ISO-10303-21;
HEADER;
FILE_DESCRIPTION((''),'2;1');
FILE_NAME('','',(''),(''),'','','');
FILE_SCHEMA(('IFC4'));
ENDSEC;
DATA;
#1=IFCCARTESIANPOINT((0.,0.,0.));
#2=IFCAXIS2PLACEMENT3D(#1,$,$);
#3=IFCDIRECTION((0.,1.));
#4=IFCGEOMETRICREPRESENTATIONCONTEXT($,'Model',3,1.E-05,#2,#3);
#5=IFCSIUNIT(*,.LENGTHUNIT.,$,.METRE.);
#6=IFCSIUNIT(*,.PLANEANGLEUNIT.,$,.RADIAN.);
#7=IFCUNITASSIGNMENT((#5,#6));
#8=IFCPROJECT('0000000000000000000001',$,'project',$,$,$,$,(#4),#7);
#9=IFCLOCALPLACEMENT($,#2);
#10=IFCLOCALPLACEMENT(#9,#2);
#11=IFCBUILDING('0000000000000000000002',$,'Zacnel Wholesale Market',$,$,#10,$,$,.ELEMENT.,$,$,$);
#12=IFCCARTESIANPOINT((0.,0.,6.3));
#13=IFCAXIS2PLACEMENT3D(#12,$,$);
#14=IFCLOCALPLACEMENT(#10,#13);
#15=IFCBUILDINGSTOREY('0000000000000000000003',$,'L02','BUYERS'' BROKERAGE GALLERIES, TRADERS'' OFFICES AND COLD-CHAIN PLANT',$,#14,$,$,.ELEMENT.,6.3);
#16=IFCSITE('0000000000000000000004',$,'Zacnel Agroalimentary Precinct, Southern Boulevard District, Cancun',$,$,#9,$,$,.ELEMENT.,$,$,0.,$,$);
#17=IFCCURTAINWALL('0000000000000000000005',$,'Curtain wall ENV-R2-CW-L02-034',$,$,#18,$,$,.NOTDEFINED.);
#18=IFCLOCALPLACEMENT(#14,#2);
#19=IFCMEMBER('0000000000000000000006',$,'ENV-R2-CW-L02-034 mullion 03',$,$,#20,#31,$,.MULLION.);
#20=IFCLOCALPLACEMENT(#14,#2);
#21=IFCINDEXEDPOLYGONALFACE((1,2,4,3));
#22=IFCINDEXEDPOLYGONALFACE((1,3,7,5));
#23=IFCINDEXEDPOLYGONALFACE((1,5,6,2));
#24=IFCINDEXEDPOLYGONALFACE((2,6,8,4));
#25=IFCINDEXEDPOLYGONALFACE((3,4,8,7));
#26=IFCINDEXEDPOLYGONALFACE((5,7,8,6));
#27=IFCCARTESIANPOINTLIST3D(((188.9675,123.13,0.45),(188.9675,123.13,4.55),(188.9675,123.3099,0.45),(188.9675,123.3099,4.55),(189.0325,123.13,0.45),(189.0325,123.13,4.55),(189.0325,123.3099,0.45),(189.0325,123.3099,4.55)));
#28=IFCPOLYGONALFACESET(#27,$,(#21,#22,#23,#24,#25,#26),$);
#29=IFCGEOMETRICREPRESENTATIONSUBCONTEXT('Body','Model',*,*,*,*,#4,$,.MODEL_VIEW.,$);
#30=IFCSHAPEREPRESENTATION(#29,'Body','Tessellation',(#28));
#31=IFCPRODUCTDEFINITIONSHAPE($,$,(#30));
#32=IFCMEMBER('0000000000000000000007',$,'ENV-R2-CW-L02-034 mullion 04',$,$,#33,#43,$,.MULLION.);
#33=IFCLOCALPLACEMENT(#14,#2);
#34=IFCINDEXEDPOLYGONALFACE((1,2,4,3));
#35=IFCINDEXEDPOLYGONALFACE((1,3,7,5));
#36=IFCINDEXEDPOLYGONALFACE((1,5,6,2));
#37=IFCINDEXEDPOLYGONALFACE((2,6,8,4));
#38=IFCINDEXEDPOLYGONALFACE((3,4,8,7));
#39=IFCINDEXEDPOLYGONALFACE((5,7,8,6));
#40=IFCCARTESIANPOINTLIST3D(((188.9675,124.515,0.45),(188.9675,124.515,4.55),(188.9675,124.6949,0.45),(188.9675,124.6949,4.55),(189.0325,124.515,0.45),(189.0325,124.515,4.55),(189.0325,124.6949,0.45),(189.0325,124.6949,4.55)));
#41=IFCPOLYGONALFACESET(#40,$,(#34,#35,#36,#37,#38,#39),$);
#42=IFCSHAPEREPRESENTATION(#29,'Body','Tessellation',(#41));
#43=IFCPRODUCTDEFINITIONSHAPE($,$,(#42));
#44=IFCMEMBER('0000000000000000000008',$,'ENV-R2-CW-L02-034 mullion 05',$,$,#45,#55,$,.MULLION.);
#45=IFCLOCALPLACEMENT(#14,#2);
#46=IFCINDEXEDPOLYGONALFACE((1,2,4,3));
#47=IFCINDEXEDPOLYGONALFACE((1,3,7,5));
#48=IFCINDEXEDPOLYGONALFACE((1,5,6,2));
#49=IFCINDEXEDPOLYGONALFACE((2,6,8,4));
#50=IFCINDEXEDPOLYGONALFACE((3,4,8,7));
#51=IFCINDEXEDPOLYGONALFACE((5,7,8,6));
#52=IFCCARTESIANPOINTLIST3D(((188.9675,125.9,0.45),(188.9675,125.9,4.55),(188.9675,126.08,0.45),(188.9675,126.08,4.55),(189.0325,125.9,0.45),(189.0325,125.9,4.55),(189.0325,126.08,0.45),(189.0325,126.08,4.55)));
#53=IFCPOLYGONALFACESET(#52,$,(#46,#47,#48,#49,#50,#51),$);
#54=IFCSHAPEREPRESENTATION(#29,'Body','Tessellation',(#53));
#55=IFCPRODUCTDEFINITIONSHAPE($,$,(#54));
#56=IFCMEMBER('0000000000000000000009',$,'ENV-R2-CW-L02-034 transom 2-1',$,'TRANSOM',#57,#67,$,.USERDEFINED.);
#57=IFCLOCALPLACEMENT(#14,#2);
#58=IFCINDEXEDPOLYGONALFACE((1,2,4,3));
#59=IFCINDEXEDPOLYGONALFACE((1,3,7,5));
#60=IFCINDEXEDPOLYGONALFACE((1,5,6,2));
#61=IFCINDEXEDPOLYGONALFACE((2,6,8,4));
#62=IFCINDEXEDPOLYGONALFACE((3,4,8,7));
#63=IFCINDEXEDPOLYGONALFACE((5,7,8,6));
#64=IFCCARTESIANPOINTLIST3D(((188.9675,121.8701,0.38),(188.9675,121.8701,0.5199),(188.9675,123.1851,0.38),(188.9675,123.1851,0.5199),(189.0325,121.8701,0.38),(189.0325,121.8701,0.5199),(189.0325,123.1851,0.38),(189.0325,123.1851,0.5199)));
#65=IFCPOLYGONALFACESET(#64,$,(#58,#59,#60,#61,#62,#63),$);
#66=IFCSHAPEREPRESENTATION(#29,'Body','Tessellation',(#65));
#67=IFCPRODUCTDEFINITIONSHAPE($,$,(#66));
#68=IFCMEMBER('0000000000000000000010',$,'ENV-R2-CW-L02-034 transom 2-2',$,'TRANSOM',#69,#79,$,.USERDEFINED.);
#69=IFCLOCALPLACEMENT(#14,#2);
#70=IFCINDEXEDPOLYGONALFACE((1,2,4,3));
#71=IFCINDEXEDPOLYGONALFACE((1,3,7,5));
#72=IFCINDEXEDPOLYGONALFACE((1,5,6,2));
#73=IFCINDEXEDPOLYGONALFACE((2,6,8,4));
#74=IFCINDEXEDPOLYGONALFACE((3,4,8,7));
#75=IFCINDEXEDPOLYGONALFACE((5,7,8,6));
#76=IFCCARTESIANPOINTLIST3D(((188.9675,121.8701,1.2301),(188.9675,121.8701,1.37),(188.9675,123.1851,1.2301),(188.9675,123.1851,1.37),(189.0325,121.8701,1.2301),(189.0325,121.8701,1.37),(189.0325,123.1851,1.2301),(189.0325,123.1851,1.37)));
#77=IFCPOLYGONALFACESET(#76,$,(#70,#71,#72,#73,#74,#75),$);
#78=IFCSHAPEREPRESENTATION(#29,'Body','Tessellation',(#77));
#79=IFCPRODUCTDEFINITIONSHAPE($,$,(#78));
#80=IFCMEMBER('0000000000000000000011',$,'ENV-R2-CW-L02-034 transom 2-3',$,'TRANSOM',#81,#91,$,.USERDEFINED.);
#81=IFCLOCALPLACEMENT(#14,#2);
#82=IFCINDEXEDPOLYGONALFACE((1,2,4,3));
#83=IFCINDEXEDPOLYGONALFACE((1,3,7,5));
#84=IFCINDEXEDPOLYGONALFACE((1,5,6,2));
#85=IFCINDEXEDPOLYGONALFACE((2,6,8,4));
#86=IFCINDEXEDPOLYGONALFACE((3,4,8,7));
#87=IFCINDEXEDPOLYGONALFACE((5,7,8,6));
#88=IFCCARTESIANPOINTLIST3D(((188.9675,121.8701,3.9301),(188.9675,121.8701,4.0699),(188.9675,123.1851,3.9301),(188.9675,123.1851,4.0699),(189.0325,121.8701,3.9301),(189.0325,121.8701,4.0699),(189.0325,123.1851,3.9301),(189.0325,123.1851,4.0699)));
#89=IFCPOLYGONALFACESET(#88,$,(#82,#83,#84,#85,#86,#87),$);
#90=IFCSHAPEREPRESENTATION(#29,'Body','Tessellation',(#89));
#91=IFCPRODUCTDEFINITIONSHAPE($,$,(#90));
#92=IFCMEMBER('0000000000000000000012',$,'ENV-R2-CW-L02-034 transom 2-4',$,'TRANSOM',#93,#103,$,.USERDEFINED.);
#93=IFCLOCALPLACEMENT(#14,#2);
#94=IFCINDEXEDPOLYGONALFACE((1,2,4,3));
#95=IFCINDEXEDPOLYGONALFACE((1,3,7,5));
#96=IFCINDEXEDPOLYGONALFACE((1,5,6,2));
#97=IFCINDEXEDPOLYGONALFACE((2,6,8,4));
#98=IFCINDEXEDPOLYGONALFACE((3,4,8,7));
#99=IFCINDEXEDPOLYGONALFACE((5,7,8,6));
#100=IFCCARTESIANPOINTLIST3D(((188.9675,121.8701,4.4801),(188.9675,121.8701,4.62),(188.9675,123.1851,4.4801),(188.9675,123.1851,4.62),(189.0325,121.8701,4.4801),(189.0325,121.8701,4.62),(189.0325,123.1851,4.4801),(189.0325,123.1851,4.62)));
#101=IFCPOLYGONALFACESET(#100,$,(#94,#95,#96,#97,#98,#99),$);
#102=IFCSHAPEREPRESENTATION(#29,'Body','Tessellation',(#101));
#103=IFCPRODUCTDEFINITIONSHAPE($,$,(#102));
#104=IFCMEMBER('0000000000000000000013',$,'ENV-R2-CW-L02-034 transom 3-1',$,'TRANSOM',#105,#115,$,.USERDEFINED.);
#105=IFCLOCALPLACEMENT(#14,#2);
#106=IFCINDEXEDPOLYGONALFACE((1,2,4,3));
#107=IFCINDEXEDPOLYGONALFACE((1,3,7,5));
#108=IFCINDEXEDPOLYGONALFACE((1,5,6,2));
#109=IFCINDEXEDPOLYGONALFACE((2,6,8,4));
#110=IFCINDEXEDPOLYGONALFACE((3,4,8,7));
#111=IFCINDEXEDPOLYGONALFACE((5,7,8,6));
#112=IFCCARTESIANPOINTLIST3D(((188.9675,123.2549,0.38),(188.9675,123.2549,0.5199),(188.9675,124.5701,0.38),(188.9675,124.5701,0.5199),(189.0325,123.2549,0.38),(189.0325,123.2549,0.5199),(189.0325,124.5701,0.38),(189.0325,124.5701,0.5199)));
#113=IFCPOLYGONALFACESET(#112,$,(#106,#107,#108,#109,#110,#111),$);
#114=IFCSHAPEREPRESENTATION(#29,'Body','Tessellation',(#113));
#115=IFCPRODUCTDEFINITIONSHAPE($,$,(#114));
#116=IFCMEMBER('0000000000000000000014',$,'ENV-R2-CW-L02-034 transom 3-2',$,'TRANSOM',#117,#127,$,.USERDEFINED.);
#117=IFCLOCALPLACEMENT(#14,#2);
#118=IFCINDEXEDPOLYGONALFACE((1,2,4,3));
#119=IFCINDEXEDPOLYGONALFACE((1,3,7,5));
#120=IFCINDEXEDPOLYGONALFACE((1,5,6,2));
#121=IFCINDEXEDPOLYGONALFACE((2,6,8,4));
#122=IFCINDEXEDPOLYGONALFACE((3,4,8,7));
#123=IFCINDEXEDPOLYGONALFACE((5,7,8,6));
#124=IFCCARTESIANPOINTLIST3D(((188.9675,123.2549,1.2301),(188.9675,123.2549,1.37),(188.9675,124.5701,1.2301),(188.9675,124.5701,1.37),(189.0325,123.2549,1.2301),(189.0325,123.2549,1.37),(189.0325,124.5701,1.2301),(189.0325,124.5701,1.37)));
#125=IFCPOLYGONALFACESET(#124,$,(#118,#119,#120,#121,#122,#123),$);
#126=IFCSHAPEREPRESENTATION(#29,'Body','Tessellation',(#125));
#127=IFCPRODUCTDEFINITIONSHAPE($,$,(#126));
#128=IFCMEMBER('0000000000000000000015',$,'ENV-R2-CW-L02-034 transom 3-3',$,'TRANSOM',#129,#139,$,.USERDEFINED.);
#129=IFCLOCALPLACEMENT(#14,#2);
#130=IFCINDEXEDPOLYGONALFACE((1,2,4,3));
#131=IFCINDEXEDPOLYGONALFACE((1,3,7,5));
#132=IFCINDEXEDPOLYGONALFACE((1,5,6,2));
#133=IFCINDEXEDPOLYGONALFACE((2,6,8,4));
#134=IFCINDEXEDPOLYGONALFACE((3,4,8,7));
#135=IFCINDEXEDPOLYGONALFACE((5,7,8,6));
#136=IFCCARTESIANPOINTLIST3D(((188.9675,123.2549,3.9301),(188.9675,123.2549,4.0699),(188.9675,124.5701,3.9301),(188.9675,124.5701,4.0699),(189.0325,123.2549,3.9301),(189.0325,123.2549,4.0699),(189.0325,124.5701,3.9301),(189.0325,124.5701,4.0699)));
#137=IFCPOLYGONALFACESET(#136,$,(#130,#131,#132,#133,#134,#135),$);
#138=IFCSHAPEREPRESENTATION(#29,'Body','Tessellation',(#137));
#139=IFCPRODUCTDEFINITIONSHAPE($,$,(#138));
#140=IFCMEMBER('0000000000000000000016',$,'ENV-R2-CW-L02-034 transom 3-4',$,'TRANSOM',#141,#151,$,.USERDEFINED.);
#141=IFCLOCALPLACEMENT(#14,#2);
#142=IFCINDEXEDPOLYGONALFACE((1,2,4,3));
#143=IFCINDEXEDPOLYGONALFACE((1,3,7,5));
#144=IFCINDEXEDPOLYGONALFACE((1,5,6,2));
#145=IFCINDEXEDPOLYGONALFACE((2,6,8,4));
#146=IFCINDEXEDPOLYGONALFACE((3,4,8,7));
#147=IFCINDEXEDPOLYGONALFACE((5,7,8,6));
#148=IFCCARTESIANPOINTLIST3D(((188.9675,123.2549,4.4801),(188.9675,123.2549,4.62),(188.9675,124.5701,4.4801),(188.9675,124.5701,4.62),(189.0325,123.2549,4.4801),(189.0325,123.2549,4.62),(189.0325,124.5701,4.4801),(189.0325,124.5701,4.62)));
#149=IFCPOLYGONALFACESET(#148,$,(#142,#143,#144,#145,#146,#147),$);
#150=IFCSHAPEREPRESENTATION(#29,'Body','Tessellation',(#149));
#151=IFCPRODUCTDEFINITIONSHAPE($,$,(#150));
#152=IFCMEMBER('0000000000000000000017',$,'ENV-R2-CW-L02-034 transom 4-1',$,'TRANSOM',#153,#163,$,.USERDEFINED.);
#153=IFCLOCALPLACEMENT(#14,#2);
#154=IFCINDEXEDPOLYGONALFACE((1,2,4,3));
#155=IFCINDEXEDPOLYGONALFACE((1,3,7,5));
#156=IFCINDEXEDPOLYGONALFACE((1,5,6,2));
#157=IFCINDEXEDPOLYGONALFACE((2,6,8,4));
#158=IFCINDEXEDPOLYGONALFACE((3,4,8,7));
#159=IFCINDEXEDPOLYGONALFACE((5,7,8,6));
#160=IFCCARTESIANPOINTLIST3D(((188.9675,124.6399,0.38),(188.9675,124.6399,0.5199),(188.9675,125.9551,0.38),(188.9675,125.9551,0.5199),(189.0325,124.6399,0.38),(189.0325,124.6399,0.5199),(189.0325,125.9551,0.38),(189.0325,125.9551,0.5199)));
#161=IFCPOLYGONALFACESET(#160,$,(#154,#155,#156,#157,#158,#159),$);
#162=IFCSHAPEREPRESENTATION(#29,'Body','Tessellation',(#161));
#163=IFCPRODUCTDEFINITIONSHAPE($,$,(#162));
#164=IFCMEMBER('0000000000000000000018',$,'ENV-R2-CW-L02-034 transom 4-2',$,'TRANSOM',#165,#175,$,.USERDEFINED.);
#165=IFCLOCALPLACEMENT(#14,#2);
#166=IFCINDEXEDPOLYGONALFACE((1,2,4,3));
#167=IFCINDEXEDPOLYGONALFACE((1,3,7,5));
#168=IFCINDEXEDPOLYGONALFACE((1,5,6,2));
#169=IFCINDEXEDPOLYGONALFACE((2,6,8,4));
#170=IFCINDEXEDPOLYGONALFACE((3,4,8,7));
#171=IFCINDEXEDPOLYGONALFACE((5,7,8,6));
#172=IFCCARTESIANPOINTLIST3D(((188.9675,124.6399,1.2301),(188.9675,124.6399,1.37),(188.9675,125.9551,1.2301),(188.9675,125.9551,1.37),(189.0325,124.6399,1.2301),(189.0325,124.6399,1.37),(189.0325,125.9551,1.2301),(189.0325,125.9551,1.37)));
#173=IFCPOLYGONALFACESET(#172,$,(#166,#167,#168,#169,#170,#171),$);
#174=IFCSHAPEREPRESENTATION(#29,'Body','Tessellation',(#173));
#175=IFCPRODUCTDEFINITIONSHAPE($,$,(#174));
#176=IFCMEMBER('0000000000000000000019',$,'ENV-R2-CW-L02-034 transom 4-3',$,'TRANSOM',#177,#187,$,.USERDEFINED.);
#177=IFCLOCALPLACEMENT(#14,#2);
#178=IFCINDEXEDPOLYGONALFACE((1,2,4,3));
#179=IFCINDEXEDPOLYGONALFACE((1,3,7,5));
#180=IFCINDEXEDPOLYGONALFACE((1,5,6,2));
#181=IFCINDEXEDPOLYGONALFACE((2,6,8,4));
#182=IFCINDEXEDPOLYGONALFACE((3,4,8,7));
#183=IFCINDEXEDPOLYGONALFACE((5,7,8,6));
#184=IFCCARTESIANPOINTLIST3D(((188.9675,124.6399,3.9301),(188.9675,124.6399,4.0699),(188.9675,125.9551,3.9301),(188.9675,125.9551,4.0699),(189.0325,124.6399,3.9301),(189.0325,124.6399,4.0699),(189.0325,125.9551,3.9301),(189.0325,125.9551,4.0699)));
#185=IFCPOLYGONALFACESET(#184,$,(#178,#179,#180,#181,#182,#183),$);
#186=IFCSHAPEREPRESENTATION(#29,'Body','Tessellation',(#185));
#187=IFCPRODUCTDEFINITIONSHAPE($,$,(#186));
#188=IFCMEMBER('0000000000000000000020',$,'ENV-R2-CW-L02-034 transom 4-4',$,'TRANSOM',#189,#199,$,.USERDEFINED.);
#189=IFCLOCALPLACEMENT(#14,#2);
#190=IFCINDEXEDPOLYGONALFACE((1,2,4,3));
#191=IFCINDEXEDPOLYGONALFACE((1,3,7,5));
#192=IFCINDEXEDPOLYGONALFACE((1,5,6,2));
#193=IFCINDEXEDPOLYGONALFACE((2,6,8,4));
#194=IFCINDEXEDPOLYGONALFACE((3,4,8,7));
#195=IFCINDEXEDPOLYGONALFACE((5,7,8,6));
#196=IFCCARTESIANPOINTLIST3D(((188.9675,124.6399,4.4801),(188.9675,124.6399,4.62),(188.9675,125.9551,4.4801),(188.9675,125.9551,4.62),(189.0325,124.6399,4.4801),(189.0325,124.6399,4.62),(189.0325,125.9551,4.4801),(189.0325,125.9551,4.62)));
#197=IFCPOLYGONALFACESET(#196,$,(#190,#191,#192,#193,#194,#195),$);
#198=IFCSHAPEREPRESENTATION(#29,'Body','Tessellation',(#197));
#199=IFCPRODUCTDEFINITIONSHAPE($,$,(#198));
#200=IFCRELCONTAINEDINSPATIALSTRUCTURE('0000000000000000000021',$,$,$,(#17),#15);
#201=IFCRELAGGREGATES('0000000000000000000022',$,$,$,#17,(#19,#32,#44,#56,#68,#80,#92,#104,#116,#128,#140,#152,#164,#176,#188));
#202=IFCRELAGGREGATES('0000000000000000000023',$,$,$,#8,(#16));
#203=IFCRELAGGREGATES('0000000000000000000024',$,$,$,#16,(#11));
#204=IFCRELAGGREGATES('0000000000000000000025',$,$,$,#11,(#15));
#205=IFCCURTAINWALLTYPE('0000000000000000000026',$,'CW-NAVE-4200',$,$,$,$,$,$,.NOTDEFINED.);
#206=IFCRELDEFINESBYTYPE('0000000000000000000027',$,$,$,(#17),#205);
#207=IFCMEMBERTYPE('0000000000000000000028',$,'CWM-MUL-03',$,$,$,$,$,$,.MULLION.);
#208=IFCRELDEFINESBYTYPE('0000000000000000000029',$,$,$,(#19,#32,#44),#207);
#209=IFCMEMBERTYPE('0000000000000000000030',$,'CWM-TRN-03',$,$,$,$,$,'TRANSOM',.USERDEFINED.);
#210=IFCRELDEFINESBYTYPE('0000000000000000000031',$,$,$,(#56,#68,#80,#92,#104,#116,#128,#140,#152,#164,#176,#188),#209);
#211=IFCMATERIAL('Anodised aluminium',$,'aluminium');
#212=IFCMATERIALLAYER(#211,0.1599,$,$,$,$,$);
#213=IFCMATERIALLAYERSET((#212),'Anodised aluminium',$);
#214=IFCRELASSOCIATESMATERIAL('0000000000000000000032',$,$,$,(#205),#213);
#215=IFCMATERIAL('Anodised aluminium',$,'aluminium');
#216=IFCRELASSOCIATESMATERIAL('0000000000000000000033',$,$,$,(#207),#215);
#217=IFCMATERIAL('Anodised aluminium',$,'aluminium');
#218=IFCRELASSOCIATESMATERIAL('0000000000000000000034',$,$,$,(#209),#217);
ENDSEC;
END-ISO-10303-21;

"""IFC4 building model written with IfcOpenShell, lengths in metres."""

from ifc_helpers import new_model, si_unit, direction, frame, origin, origin_2d, place, context, subcontext, project, spatial, rectangle, extrude, material, layer, layer_set, material_profile, profile_set, type_object, element, aggregate, save


model = new_model("IFC4")

# Units and contexts
model_context = context("Model", 3, precision=1e-05, world=origin(), true_north=direction((0.0, 1.0)))
body_context = subcontext(model_context, "Body", "Model", "MODEL_VIEW")
ifc_project = project(units=[si_unit("LENGTHUNIT", "METRE"), si_unit("PLANEANGLEUNIT", "RADIAN")], contexts=[model_context])

# Site, building, storey
site_placement = place(None, origin())
site = spatial("IfcSite", under=ifc_project, at=site_placement, Name="Zacnel Agroalimentary Precinct, Southern Boulevard District, Cancun", CompositionType="ELEMENT", RefElevation=0.0)
building_placement = place(site_placement, origin())
building = spatial("IfcBuilding", under=site, at=building_placement, Name="Zacnel Wholesale Market", CompositionType="ELEMENT")
storey_placement = place(building_placement, frame((0.0, 0.0, 6.3)))
storey = spatial("IfcBuildingStorey", under=building, at=storey_placement, Name="L02", Description="BUYERS' BROKERAGE GALLERIES, TRADERS' OFFICES AND COLD-CHAIN PLANT", CompositionType="ELEMENT", Elevation=6.3)

# Curtain wall, members
ifc_material_1 = material(Name="Anodised aluminium", Category="aluminium")
ifc_layer_1 = layer(ifc_material_1, 0.1599)
ifc_layer_set_1 = layer_set([ifc_layer_1], Name="Anodised aluminium")
curtain_wall_type = type_object("IfcCurtainWallType", Name="CW-NAVE-4200", PredefinedType="NOTDEFINED", material=ifc_layer_set_1)
curtain_wall_placement = place(storey_placement, origin())
curtain_wall = element("IfcCurtainWall", 1, at=curtain_wall_placement, inside=storey, type_object=curtain_wall_type, Name="Curtain wall ENV-R2-CW-L02-034", PredefinedType="NOTDEFINED")
ifc_material_2 = material(Name="Anodised aluminium", Category="aluminium")
ifc_material_profile_1 = material_profile(ifc_material_2, rectangle(XDim=0.0649, YDim=0.1799, at=origin_2d()), Name="AW-MULLION 65x180")
ifc_profile_set_1 = profile_set([ifc_material_profile_1], Name="Anodised aluminium")
member_type_1 = type_object("IfcMemberType", Name="CWM-MUL-03", PredefinedType="MULLION", material=ifc_profile_set_1)
member_1_placement = place(storey_placement, frame((189.0, 123.22, 0.45), z_axis=(0.0, 0.0, 1.0), x_axis=(1.0, 0.0, 0.0)))
member_1 = element("IfcMember", 2, at=member_1_placement, type_object=member_type_1, Name="ENV-R2-CW-L02-034 mullion 03", PredefinedType="MULLION", context=body_context, shape_type="SweptSolid", body=[
    extrude(rectangle(XDim=0.0649, YDim=0.1799, at=origin_2d()), origin(), (0.0, 0.0, 1.0), 4.1001),
])
member_2_placement = place(storey_placement, frame((189.0, 124.605, 0.45), z_axis=(0.0, 0.0, 1.0), x_axis=(1.0, 0.0, 0.0)))
member_2 = element("IfcMember", 3, at=member_2_placement, type_object=member_type_1, Name="ENV-R2-CW-L02-034 mullion 04", PredefinedType="MULLION", context=body_context, shape_type="SweptSolid", body=[
    extrude(rectangle(XDim=0.0649, YDim=0.1799, at=origin_2d()), origin(), (0.0, 0.0, 1.0), 4.1001),
])
member_3_placement = place(storey_placement, frame((189.0, 125.99, 0.45), z_axis=(0.0, 0.0, 1.0), x_axis=(1.0, 0.0, 0.0)))
member_3 = element("IfcMember", 4, at=member_3_placement, type_object=member_type_1, Name="ENV-R2-CW-L02-034 mullion 05", PredefinedType="MULLION", context=body_context, shape_type="SweptSolid", body=[
    extrude(rectangle(XDim=0.0649, YDim=0.1799, at=origin_2d()), origin(), (0.0, 0.0, 1.0), 4.1001),
])
ifc_material_3 = material(Name="Anodised aluminium", Category="aluminium")
ifc_material_profile_2 = material_profile(ifc_material_3, rectangle(XDim=0.0649, YDim=0.1399, at=origin_2d()), Name="AW-TRANSOM 65x140")
ifc_profile_set_2 = profile_set([ifc_material_profile_2], Name="Anodised aluminium")
member_type_2 = type_object("IfcMemberType", Name="CWM-TRN-03", ElementType="TRANSOM", PredefinedType="USERDEFINED", material=ifc_profile_set_2)
member_4_placement = place(storey_placement, frame((189.0, 121.8701, 0.45), z_axis=(0.0, 1.0, 0.0), x_axis=(-1.0, 0.0, 0.0)))
member_4 = element("IfcMember", 5, at=member_4_placement, type_object=member_type_2, Name="ENV-R2-CW-L02-034 transom 2-1", ObjectType="TRANSOM", PredefinedType="USERDEFINED", context=body_context, shape_type="SweptSolid", body=[
    extrude(rectangle(XDim=0.0649, YDim=0.1399, at=origin_2d()), origin(), (0.0, 0.0, 1.0), 1.3149),
])
member_5_placement = place(storey_placement, frame((189.0, 121.8701, 1.3), z_axis=(0.0, 1.0, 0.0), x_axis=(-1.0, 0.0, 0.0)))
member_5 = element("IfcMember", 6, at=member_5_placement, type_object=member_type_2, Name="ENV-R2-CW-L02-034 transom 2-2", ObjectType="TRANSOM", PredefinedType="USERDEFINED", context=body_context, shape_type="SweptSolid", body=[
    extrude(rectangle(XDim=0.0649, YDim=0.1399, at=origin_2d()), origin(), (0.0, 0.0, 1.0), 1.3149),
])
member_6_placement = place(storey_placement, frame((189.0, 121.8701, 4.0), z_axis=(0.0, 1.0, 0.0), x_axis=(-1.0, 0.0, 0.0)))
member_6 = element("IfcMember", 7, at=member_6_placement, type_object=member_type_2, Name="ENV-R2-CW-L02-034 transom 2-3", ObjectType="TRANSOM", PredefinedType="USERDEFINED", context=body_context, shape_type="SweptSolid", body=[
    extrude(rectangle(XDim=0.0649, YDim=0.1399, at=origin_2d()), origin(), (0.0, 0.0, 1.0), 1.3149),
])
member_7_placement = place(storey_placement, frame((189.0, 121.8701, 4.55), z_axis=(0.0, 1.0, 0.0), x_axis=(-1.0, 0.0, 0.0)))
member_7 = element("IfcMember", 8, at=member_7_placement, type_object=member_type_2, Name="ENV-R2-CW-L02-034 transom 2-4", ObjectType="TRANSOM", PredefinedType="USERDEFINED", context=body_context, shape_type="SweptSolid", body=[
    extrude(rectangle(XDim=0.0649, YDim=0.1399, at=origin_2d()), origin(), (0.0, 0.0, 1.0), 1.3149),
])
member_8_placement = place(storey_placement, frame((189.0, 123.2549, 0.45), z_axis=(0.0, 1.0, 0.0), x_axis=(-1.0, 0.0, 0.0)))
member_8 = element("IfcMember", 9, at=member_8_placement, type_object=member_type_2, Name="ENV-R2-CW-L02-034 transom 3-1", ObjectType="TRANSOM", PredefinedType="USERDEFINED", context=body_context, shape_type="SweptSolid", body=[
    extrude(rectangle(XDim=0.0649, YDim=0.1399, at=origin_2d()), origin(), (0.0, 0.0, 1.0), 1.3152),
])
member_9_placement = place(storey_placement, frame((189.0, 123.2549, 1.3), z_axis=(0.0, 1.0, 0.0), x_axis=(-1.0, 0.0, 0.0)))
member_9 = element("IfcMember", 10, at=member_9_placement, type_object=member_type_2, Name="ENV-R2-CW-L02-034 transom 3-2", ObjectType="TRANSOM", PredefinedType="USERDEFINED", context=body_context, shape_type="SweptSolid", body=[
    extrude(rectangle(XDim=0.0649, YDim=0.1399, at=origin_2d()), origin(), (0.0, 0.0, 1.0), 1.3152),
])
member_10_placement = place(storey_placement, frame((189.0, 123.2549, 4.0), z_axis=(0.0, 1.0, 0.0), x_axis=(-1.0, 0.0, 0.0)))
member_10 = element("IfcMember", 11, at=member_10_placement, type_object=member_type_2, Name="ENV-R2-CW-L02-034 transom 3-3", ObjectType="TRANSOM", PredefinedType="USERDEFINED", context=body_context, shape_type="SweptSolid", body=[
    extrude(rectangle(XDim=0.0649, YDim=0.1399, at=origin_2d()), origin(), (0.0, 0.0, 1.0), 1.3152),
])
member_11_placement = place(storey_placement, frame((189.0, 123.2549, 4.55), z_axis=(0.0, 1.0, 0.0), x_axis=(-1.0, 0.0, 0.0)))
member_11 = element("IfcMember", 12, at=member_11_placement, type_object=member_type_2, Name="ENV-R2-CW-L02-034 transom 3-4", ObjectType="TRANSOM", PredefinedType="USERDEFINED", context=body_context, shape_type="SweptSolid", body=[
    extrude(rectangle(XDim=0.0649, YDim=0.1399, at=origin_2d()), origin(), (0.0, 0.0, 1.0), 1.3152),
])
member_12_placement = place(storey_placement, frame((189.0, 124.6399, 0.45), z_axis=(0.0, 1.0, 0.0), x_axis=(-1.0, 0.0, 0.0)))
member_12 = element("IfcMember", 13, at=member_12_placement, type_object=member_type_2, Name="ENV-R2-CW-L02-034 transom 4-1", ObjectType="TRANSOM", PredefinedType="USERDEFINED", context=body_context, shape_type="SweptSolid", body=[
    extrude(rectangle(XDim=0.0649, YDim=0.1399, at=origin_2d()), origin(), (0.0, 0.0, 1.0), 1.3152),
])
member_13_placement = place(storey_placement, frame((189.0, 124.6399, 1.3), z_axis=(0.0, 1.0, 0.0), x_axis=(-1.0, 0.0, 0.0)))
member_13 = element("IfcMember", 14, at=member_13_placement, type_object=member_type_2, Name="ENV-R2-CW-L02-034 transom 4-2", ObjectType="TRANSOM", PredefinedType="USERDEFINED", context=body_context, shape_type="SweptSolid", body=[
    extrude(rectangle(XDim=0.0649, YDim=0.1399, at=origin_2d()), origin(), (0.0, 0.0, 1.0), 1.3152),
])
member_14_placement = place(storey_placement, frame((189.0, 124.6399, 4.0), z_axis=(0.0, 1.0, 0.0), x_axis=(-1.0, 0.0, 0.0)))
member_14 = element("IfcMember", 15, at=member_14_placement, type_object=member_type_2, Name="ENV-R2-CW-L02-034 transom 4-3", ObjectType="TRANSOM", PredefinedType="USERDEFINED", context=body_context, shape_type="SweptSolid", body=[
    extrude(rectangle(XDim=0.0649, YDim=0.1399, at=origin_2d()), origin(), (0.0, 0.0, 1.0), 1.3152),
])
member_15_placement = place(storey_placement, frame((189.0, 124.6399, 4.55), z_axis=(0.0, 1.0, 0.0), x_axis=(-1.0, 0.0, 0.0)))
member_15 = element("IfcMember", 16, at=member_15_placement, type_object=member_type_2, Name="ENV-R2-CW-L02-034 transom 4-4", ObjectType="TRANSOM", PredefinedType="USERDEFINED", context=body_context, shape_type="SweptSolid", body=[
    extrude(rectangle(XDim=0.0649, YDim=0.1399, at=origin_2d()), origin(), (0.0, 0.0, 1.0), 1.3152),
])
aggregate(curtain_wall, [member_1, member_2, member_3, member_4, member_5, member_6, member_7, member_8, member_9, member_10, member_11, member_12, member_13, member_14, member_15])

save(model, "model.ifc")
